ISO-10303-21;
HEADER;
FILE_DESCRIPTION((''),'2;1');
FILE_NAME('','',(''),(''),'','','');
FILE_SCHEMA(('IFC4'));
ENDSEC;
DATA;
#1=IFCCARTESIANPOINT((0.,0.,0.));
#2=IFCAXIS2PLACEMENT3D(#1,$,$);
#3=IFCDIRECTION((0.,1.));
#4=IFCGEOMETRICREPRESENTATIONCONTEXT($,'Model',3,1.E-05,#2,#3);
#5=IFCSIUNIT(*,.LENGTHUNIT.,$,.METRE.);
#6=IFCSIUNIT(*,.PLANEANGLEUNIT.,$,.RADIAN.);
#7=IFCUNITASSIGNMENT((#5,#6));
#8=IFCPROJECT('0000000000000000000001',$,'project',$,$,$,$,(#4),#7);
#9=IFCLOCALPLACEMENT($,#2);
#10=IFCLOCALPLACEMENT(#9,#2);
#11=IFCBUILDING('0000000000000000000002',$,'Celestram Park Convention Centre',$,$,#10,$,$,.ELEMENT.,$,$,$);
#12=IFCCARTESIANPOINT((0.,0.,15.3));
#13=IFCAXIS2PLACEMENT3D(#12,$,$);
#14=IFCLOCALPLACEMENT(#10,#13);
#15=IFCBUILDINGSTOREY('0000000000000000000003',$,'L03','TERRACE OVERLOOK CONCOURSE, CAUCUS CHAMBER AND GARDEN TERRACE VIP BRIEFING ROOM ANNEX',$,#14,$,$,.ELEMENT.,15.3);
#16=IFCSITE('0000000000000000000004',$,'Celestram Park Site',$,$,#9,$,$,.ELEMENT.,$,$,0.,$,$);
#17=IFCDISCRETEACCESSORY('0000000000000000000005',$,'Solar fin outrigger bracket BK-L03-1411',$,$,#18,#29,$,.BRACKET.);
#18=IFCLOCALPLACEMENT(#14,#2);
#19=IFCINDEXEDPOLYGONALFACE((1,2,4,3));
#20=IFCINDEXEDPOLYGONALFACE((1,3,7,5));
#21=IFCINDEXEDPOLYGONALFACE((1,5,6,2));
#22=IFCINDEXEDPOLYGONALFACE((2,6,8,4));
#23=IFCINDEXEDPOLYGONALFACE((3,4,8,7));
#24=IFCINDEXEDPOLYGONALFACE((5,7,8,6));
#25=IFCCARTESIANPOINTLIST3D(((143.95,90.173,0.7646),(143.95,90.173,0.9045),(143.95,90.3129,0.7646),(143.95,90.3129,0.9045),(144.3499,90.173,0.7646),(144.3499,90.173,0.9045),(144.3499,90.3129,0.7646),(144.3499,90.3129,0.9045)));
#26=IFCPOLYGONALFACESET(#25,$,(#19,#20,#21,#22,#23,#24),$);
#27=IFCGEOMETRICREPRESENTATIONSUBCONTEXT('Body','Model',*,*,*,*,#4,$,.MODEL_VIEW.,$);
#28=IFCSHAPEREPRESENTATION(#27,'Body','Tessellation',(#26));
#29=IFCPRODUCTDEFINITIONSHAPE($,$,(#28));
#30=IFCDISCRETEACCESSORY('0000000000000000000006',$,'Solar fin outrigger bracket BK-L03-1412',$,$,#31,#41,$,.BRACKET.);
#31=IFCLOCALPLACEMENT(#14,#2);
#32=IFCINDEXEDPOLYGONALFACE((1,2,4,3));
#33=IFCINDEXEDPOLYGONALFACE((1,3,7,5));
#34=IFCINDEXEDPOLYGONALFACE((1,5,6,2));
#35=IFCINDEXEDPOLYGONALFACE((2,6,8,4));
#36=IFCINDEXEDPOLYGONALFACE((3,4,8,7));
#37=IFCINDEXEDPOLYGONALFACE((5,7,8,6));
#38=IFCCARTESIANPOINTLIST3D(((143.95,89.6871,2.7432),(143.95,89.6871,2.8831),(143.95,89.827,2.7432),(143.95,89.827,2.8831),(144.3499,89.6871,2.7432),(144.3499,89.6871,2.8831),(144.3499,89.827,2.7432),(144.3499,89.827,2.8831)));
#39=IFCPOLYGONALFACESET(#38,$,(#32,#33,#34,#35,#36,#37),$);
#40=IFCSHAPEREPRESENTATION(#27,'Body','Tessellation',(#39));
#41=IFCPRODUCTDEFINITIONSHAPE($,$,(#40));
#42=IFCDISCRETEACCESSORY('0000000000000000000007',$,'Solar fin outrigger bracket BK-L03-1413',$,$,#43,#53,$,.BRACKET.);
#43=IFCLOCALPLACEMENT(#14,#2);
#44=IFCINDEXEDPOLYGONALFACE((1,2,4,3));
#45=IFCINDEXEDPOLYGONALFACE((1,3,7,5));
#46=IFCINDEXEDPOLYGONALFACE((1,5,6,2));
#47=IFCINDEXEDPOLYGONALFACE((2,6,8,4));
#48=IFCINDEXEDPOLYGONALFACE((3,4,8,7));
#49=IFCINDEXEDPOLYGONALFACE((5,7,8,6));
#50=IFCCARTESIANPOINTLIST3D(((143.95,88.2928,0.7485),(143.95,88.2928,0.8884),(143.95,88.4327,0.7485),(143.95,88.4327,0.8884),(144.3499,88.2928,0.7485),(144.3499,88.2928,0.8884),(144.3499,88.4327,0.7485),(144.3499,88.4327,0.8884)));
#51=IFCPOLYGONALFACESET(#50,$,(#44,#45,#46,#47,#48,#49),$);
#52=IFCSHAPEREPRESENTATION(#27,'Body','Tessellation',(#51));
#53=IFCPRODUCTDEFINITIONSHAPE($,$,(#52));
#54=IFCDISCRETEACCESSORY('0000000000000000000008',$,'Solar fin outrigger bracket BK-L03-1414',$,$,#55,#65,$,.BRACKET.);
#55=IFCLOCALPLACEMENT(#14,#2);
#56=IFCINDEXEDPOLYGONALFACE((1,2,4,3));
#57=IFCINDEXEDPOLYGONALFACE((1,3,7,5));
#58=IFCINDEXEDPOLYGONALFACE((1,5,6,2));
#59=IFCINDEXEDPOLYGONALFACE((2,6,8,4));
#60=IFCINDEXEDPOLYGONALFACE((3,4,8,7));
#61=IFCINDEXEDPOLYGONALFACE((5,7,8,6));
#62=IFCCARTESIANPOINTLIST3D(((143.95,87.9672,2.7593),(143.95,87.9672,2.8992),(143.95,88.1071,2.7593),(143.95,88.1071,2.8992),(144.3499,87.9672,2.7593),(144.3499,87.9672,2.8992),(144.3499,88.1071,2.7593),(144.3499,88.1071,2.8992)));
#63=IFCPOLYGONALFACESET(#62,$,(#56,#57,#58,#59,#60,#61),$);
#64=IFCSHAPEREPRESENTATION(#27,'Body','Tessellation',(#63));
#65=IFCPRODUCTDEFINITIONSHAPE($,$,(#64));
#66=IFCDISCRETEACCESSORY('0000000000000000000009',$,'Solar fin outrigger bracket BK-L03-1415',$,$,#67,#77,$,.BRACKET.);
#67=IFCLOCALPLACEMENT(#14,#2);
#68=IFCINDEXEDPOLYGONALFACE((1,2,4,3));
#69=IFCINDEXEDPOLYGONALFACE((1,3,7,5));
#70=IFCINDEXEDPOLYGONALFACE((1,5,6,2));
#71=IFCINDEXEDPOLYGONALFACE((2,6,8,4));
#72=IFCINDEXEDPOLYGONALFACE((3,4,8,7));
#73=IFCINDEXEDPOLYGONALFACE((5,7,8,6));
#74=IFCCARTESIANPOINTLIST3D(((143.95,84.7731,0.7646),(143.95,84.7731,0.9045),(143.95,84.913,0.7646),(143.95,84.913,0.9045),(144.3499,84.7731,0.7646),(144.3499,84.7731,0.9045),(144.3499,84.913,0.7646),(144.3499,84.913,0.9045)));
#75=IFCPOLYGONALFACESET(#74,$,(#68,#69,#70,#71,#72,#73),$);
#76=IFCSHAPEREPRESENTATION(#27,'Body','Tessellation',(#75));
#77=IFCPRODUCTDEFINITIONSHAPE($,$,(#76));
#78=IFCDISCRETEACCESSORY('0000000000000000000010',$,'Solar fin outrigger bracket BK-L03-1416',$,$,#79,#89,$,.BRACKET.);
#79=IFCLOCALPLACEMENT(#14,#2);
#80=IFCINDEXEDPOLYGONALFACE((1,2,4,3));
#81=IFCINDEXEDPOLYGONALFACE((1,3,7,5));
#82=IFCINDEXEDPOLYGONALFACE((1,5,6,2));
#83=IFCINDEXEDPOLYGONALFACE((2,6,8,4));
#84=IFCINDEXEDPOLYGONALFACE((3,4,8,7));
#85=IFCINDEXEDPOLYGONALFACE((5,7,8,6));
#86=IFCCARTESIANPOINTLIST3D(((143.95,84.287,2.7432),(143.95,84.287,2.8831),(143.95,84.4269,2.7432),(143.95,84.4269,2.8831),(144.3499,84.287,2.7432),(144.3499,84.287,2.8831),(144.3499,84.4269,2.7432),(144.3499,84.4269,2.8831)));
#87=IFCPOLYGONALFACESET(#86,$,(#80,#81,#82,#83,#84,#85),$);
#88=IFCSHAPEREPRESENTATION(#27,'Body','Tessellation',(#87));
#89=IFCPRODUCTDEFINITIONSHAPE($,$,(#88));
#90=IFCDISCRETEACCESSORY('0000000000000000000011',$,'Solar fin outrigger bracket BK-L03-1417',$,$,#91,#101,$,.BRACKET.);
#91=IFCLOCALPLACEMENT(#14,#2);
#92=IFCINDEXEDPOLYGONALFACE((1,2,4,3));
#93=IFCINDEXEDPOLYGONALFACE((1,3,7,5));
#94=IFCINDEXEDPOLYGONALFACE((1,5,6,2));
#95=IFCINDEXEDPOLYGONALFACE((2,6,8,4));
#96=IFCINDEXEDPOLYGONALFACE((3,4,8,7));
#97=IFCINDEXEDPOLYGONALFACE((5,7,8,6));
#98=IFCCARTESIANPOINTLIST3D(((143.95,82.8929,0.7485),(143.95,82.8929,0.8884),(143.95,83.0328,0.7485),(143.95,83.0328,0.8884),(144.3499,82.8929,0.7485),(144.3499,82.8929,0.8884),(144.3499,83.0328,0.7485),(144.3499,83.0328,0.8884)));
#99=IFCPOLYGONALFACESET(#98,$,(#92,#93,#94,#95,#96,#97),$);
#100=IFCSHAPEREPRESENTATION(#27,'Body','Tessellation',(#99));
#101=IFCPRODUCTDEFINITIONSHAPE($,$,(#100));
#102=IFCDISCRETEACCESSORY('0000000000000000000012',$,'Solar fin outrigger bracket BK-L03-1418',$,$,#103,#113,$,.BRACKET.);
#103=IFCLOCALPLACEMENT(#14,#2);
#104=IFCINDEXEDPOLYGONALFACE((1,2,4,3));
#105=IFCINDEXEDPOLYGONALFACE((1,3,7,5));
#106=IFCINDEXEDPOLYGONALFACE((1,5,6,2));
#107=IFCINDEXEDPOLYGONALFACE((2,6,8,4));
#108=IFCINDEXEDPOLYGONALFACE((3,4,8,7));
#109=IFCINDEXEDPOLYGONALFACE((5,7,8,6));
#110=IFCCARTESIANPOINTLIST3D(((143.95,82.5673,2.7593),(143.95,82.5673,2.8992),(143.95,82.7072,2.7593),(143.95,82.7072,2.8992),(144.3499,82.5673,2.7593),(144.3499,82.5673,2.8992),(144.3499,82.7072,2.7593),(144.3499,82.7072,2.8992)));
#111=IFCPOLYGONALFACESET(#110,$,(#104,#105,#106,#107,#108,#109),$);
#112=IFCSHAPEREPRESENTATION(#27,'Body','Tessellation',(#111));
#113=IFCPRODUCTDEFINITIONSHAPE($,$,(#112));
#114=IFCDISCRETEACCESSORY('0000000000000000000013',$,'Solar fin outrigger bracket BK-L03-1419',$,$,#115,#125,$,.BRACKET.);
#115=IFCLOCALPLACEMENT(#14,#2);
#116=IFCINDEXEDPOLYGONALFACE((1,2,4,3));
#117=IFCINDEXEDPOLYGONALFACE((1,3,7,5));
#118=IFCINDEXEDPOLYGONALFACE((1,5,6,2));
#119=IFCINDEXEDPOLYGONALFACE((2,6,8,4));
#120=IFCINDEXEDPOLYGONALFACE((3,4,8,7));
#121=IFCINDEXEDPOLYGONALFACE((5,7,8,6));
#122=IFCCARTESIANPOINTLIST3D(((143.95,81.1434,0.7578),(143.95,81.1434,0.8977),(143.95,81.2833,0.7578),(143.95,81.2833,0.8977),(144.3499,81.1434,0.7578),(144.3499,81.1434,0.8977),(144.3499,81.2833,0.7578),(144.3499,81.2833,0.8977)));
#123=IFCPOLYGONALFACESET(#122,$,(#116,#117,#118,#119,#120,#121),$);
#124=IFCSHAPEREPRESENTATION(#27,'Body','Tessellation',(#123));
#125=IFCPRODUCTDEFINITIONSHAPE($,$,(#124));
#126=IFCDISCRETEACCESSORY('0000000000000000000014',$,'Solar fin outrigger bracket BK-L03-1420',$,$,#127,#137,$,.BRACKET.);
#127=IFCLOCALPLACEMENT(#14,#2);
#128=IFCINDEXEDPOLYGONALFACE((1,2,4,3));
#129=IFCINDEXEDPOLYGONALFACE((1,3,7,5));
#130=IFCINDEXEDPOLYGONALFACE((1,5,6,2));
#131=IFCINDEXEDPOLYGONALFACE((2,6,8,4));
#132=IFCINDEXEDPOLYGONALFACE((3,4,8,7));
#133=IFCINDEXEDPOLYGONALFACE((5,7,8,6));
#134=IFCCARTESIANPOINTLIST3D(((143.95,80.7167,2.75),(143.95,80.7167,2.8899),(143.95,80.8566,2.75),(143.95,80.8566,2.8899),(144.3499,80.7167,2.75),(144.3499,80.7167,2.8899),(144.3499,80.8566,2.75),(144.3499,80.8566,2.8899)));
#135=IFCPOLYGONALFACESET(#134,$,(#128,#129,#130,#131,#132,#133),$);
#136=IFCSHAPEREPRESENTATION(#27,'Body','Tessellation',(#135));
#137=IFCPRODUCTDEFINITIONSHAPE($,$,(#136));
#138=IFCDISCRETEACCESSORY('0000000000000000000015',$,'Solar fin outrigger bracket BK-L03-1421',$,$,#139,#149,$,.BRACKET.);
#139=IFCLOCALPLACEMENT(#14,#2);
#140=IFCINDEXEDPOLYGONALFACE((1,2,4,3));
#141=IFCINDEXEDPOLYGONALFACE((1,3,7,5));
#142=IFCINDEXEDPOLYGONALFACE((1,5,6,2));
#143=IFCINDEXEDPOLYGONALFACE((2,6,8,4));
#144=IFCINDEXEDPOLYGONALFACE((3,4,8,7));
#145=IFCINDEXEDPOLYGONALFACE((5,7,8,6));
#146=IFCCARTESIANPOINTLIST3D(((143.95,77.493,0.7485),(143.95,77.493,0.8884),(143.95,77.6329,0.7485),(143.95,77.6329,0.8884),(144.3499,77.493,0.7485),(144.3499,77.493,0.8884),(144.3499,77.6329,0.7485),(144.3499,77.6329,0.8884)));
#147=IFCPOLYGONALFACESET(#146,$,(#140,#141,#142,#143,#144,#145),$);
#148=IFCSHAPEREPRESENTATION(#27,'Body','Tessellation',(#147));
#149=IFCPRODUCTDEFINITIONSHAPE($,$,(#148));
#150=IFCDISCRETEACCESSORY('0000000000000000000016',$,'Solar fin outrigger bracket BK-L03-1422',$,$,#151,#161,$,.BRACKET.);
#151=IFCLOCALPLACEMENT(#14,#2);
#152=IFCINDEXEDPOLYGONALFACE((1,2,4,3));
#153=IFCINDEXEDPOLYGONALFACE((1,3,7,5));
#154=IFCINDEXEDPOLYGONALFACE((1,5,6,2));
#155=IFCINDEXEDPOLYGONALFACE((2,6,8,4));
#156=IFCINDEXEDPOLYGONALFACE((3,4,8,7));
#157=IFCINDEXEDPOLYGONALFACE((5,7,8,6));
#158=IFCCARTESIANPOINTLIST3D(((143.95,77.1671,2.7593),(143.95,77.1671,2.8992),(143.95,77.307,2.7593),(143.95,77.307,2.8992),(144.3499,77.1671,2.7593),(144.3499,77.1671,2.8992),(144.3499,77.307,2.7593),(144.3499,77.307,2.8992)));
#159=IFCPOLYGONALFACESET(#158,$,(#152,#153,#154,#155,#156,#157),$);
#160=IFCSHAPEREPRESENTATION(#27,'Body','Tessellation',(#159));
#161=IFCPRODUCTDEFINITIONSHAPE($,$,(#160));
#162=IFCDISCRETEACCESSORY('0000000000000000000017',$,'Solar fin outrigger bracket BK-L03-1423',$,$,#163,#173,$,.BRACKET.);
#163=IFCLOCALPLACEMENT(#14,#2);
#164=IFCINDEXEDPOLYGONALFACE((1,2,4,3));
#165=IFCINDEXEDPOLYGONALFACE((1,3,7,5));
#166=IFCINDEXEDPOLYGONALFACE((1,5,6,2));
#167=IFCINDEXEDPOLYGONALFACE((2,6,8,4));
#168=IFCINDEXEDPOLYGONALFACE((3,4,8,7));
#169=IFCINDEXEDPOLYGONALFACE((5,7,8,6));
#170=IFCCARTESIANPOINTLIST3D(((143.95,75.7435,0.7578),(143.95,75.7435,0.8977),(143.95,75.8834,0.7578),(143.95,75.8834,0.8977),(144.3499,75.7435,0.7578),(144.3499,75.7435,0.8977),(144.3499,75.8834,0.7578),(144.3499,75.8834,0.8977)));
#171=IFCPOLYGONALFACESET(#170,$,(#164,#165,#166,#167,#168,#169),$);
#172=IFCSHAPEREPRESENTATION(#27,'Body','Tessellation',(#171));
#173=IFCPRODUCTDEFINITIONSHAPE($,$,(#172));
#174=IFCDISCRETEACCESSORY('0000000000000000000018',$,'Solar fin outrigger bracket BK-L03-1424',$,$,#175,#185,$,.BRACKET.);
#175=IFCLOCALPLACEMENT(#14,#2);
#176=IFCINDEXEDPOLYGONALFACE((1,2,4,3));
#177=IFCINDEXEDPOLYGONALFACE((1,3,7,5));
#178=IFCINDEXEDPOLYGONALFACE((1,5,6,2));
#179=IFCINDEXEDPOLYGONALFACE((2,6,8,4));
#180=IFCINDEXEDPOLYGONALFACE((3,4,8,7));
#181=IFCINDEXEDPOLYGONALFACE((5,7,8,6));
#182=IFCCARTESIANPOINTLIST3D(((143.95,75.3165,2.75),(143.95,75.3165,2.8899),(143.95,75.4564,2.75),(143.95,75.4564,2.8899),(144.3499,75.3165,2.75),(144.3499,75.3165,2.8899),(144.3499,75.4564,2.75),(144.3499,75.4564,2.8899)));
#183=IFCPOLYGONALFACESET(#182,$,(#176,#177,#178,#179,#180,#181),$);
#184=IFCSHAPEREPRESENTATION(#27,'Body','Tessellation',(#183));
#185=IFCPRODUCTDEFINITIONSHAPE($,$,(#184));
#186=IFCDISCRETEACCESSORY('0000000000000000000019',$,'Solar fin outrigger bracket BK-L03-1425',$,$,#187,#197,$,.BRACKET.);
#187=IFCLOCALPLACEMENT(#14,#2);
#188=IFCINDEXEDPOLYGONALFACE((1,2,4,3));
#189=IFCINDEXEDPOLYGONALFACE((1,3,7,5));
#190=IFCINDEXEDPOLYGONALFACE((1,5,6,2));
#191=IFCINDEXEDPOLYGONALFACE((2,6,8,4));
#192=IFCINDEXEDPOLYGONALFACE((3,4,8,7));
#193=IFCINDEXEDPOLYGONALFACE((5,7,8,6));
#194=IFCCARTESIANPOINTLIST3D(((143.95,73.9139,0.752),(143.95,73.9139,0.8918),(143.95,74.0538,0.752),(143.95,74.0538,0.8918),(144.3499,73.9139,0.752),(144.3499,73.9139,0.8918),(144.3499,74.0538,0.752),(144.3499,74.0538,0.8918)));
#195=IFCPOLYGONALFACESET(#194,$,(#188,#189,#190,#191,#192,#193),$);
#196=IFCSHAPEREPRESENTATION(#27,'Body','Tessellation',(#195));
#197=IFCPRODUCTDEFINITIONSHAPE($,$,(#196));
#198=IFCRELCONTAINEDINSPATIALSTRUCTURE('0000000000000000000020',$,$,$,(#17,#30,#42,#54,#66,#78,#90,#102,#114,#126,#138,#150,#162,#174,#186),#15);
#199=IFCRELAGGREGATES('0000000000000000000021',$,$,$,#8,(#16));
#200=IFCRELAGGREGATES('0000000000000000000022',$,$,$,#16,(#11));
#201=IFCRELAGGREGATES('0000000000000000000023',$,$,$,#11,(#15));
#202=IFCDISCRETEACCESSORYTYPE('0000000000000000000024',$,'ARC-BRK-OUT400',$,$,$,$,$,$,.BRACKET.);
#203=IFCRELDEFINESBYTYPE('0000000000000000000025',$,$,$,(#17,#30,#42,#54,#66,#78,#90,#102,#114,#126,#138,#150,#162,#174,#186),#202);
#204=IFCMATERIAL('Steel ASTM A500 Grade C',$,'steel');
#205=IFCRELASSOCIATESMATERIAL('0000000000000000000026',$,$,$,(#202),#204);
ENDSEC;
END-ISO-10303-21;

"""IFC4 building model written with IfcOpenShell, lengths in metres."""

from ifc_helpers import new_model, si_unit, direction, frame, origin, origin_2d, place, context, subcontext, project, spatial, rectangle, extrude, material, type_object, element, save


model = new_model("IFC4")

# Units and contexts
model_context = context("Model", 3, precision=1e-05, world=origin(), true_north=direction((0.0, 1.0)))
body_context = subcontext(model_context, "Body", "Model", "MODEL_VIEW")
ifc_project = project(units=[si_unit("LENGTHUNIT", "METRE"), si_unit("PLANEANGLEUNIT", "RADIAN")], contexts=[model_context])

# Site, building, storey
site_placement = place(None, origin())
site = spatial("IfcSite", under=ifc_project, at=site_placement, Name="Celestram Park Site", CompositionType="ELEMENT", RefElevation=0.0)
building_placement = place(site_placement, origin())
building = spatial("IfcBuilding", under=site, at=building_placement, Name="Celestram Park Convention Centre", CompositionType="ELEMENT")
storey_placement = place(building_placement, frame((0.0, 0.0, 15.3)))
storey = spatial("IfcBuildingStorey", under=building, at=storey_placement, Name="L03", Description="TERRACE OVERLOOK CONCOURSE, CAUCUS CHAMBER AND GARDEN TERRACE VIP BRIEFING ROOM ANNEX", CompositionType="ELEMENT", Elevation=15.3)

# Shared definitions
ifc_material_1 = material(Name="Steel ASTM A500 Grade C", Category="steel")

# Discrete accessories
discrete_accessory_type = type_object("IfcDiscreteAccessoryType", Name="ARC-BRK-OUT400", PredefinedType="BRACKET", material=ifc_material_1)
for number, where, z_axis, x_axis, name in (
    (1, (144.1499, 90.2429, 0.7646), (0.0, 0.0, 1.0), (1.0, 0.0, 0.0), "Solar fin outrigger bracket BK-L03-1411"),
    (2, (144.1499, 89.7571, 2.7432), (0.0, 0.0, 1.0), (1.0, 0.0, 0.0), "Solar fin outrigger bracket BK-L03-1412"),
    (3, (144.1499, 88.3628, 0.7485), (0.0, 0.0, 1.0), (1.0, 0.0, 0.0), "Solar fin outrigger bracket BK-L03-1413"),
    (4, (144.1499, 88.0371, 2.7593), (0.0, 0.0, 1.0), (1.0, 0.0, 0.0), "Solar fin outrigger bracket BK-L03-1414"),
    (5, (144.1499, 84.843, 0.7646), (0.0, 0.0, 1.0), (1.0, 0.0, 0.0), "Solar fin outrigger bracket BK-L03-1415"),
    (6, (144.1499, 84.3569, 2.7432), (0.0, 0.0, 1.0), (1.0, 0.0, 0.0), "Solar fin outrigger bracket BK-L03-1416"),
    (7, (144.1499, 82.9629, 0.7485), (0.0, 0.0, 1.0), (1.0, 0.0, 0.0), "Solar fin outrigger bracket BK-L03-1417"),
    (8, (144.1499, 82.6372, 2.7593), (0.0, 0.0, 1.0), (1.0, 0.0, 0.0), "Solar fin outrigger bracket BK-L03-1418"),
    (9, (144.1499, 81.2134, 0.7578), (0.0, 0.0, 1.0), (1.0, 0.0, 0.0), "Solar fin outrigger bracket BK-L03-1419"),
    (10, (144.1499, 80.7866, 2.75), (0.0, 0.0, 1.0), (1.0, 0.0, 0.0), "Solar fin outrigger bracket BK-L03-1420"),
    (11, (144.1499, 77.563, 0.7485), (0.0, 0.0, 1.0), (1.0, 0.0, 0.0), "Solar fin outrigger bracket BK-L03-1421"),
    (12, (144.1499, 77.2371, 2.7593), (0.0, 0.0, 1.0), (1.0, 0.0, 0.0), "Solar fin outrigger bracket BK-L03-1422"),
    (13, (144.1499, 75.8135, 0.7578), (0.0, 0.0, 1.0), (1.0, 0.0, 0.0), "Solar fin outrigger bracket BK-L03-1423"),
    (14, (144.1499, 75.3865, 2.75), (0.0, 0.0, 1.0), (1.0, 0.0, 0.0), "Solar fin outrigger bracket BK-L03-1424"),
    (15, (144.1499, 73.9839, 0.752), (0.0, 0.0, 1.0), (1.0, 0.0, 0.0), "Solar fin outrigger bracket BK-L03-1425"),
):
    element("IfcDiscreteAccessory", number, at=place(storey_placement, frame(where, z_axis=z_axis, x_axis=x_axis)), inside=storey, type_object=discrete_accessory_type, Name=name, PredefinedType="BRACKET", context=body_context, shape_type="SweptSolid", body=[
        extrude(rectangle(XDim=0.3999, YDim=0.1399, at=origin_2d()), origin(), (0.0, 0.0, 1.0), 0.1399),
    ])

save(model, "model.ifc")
